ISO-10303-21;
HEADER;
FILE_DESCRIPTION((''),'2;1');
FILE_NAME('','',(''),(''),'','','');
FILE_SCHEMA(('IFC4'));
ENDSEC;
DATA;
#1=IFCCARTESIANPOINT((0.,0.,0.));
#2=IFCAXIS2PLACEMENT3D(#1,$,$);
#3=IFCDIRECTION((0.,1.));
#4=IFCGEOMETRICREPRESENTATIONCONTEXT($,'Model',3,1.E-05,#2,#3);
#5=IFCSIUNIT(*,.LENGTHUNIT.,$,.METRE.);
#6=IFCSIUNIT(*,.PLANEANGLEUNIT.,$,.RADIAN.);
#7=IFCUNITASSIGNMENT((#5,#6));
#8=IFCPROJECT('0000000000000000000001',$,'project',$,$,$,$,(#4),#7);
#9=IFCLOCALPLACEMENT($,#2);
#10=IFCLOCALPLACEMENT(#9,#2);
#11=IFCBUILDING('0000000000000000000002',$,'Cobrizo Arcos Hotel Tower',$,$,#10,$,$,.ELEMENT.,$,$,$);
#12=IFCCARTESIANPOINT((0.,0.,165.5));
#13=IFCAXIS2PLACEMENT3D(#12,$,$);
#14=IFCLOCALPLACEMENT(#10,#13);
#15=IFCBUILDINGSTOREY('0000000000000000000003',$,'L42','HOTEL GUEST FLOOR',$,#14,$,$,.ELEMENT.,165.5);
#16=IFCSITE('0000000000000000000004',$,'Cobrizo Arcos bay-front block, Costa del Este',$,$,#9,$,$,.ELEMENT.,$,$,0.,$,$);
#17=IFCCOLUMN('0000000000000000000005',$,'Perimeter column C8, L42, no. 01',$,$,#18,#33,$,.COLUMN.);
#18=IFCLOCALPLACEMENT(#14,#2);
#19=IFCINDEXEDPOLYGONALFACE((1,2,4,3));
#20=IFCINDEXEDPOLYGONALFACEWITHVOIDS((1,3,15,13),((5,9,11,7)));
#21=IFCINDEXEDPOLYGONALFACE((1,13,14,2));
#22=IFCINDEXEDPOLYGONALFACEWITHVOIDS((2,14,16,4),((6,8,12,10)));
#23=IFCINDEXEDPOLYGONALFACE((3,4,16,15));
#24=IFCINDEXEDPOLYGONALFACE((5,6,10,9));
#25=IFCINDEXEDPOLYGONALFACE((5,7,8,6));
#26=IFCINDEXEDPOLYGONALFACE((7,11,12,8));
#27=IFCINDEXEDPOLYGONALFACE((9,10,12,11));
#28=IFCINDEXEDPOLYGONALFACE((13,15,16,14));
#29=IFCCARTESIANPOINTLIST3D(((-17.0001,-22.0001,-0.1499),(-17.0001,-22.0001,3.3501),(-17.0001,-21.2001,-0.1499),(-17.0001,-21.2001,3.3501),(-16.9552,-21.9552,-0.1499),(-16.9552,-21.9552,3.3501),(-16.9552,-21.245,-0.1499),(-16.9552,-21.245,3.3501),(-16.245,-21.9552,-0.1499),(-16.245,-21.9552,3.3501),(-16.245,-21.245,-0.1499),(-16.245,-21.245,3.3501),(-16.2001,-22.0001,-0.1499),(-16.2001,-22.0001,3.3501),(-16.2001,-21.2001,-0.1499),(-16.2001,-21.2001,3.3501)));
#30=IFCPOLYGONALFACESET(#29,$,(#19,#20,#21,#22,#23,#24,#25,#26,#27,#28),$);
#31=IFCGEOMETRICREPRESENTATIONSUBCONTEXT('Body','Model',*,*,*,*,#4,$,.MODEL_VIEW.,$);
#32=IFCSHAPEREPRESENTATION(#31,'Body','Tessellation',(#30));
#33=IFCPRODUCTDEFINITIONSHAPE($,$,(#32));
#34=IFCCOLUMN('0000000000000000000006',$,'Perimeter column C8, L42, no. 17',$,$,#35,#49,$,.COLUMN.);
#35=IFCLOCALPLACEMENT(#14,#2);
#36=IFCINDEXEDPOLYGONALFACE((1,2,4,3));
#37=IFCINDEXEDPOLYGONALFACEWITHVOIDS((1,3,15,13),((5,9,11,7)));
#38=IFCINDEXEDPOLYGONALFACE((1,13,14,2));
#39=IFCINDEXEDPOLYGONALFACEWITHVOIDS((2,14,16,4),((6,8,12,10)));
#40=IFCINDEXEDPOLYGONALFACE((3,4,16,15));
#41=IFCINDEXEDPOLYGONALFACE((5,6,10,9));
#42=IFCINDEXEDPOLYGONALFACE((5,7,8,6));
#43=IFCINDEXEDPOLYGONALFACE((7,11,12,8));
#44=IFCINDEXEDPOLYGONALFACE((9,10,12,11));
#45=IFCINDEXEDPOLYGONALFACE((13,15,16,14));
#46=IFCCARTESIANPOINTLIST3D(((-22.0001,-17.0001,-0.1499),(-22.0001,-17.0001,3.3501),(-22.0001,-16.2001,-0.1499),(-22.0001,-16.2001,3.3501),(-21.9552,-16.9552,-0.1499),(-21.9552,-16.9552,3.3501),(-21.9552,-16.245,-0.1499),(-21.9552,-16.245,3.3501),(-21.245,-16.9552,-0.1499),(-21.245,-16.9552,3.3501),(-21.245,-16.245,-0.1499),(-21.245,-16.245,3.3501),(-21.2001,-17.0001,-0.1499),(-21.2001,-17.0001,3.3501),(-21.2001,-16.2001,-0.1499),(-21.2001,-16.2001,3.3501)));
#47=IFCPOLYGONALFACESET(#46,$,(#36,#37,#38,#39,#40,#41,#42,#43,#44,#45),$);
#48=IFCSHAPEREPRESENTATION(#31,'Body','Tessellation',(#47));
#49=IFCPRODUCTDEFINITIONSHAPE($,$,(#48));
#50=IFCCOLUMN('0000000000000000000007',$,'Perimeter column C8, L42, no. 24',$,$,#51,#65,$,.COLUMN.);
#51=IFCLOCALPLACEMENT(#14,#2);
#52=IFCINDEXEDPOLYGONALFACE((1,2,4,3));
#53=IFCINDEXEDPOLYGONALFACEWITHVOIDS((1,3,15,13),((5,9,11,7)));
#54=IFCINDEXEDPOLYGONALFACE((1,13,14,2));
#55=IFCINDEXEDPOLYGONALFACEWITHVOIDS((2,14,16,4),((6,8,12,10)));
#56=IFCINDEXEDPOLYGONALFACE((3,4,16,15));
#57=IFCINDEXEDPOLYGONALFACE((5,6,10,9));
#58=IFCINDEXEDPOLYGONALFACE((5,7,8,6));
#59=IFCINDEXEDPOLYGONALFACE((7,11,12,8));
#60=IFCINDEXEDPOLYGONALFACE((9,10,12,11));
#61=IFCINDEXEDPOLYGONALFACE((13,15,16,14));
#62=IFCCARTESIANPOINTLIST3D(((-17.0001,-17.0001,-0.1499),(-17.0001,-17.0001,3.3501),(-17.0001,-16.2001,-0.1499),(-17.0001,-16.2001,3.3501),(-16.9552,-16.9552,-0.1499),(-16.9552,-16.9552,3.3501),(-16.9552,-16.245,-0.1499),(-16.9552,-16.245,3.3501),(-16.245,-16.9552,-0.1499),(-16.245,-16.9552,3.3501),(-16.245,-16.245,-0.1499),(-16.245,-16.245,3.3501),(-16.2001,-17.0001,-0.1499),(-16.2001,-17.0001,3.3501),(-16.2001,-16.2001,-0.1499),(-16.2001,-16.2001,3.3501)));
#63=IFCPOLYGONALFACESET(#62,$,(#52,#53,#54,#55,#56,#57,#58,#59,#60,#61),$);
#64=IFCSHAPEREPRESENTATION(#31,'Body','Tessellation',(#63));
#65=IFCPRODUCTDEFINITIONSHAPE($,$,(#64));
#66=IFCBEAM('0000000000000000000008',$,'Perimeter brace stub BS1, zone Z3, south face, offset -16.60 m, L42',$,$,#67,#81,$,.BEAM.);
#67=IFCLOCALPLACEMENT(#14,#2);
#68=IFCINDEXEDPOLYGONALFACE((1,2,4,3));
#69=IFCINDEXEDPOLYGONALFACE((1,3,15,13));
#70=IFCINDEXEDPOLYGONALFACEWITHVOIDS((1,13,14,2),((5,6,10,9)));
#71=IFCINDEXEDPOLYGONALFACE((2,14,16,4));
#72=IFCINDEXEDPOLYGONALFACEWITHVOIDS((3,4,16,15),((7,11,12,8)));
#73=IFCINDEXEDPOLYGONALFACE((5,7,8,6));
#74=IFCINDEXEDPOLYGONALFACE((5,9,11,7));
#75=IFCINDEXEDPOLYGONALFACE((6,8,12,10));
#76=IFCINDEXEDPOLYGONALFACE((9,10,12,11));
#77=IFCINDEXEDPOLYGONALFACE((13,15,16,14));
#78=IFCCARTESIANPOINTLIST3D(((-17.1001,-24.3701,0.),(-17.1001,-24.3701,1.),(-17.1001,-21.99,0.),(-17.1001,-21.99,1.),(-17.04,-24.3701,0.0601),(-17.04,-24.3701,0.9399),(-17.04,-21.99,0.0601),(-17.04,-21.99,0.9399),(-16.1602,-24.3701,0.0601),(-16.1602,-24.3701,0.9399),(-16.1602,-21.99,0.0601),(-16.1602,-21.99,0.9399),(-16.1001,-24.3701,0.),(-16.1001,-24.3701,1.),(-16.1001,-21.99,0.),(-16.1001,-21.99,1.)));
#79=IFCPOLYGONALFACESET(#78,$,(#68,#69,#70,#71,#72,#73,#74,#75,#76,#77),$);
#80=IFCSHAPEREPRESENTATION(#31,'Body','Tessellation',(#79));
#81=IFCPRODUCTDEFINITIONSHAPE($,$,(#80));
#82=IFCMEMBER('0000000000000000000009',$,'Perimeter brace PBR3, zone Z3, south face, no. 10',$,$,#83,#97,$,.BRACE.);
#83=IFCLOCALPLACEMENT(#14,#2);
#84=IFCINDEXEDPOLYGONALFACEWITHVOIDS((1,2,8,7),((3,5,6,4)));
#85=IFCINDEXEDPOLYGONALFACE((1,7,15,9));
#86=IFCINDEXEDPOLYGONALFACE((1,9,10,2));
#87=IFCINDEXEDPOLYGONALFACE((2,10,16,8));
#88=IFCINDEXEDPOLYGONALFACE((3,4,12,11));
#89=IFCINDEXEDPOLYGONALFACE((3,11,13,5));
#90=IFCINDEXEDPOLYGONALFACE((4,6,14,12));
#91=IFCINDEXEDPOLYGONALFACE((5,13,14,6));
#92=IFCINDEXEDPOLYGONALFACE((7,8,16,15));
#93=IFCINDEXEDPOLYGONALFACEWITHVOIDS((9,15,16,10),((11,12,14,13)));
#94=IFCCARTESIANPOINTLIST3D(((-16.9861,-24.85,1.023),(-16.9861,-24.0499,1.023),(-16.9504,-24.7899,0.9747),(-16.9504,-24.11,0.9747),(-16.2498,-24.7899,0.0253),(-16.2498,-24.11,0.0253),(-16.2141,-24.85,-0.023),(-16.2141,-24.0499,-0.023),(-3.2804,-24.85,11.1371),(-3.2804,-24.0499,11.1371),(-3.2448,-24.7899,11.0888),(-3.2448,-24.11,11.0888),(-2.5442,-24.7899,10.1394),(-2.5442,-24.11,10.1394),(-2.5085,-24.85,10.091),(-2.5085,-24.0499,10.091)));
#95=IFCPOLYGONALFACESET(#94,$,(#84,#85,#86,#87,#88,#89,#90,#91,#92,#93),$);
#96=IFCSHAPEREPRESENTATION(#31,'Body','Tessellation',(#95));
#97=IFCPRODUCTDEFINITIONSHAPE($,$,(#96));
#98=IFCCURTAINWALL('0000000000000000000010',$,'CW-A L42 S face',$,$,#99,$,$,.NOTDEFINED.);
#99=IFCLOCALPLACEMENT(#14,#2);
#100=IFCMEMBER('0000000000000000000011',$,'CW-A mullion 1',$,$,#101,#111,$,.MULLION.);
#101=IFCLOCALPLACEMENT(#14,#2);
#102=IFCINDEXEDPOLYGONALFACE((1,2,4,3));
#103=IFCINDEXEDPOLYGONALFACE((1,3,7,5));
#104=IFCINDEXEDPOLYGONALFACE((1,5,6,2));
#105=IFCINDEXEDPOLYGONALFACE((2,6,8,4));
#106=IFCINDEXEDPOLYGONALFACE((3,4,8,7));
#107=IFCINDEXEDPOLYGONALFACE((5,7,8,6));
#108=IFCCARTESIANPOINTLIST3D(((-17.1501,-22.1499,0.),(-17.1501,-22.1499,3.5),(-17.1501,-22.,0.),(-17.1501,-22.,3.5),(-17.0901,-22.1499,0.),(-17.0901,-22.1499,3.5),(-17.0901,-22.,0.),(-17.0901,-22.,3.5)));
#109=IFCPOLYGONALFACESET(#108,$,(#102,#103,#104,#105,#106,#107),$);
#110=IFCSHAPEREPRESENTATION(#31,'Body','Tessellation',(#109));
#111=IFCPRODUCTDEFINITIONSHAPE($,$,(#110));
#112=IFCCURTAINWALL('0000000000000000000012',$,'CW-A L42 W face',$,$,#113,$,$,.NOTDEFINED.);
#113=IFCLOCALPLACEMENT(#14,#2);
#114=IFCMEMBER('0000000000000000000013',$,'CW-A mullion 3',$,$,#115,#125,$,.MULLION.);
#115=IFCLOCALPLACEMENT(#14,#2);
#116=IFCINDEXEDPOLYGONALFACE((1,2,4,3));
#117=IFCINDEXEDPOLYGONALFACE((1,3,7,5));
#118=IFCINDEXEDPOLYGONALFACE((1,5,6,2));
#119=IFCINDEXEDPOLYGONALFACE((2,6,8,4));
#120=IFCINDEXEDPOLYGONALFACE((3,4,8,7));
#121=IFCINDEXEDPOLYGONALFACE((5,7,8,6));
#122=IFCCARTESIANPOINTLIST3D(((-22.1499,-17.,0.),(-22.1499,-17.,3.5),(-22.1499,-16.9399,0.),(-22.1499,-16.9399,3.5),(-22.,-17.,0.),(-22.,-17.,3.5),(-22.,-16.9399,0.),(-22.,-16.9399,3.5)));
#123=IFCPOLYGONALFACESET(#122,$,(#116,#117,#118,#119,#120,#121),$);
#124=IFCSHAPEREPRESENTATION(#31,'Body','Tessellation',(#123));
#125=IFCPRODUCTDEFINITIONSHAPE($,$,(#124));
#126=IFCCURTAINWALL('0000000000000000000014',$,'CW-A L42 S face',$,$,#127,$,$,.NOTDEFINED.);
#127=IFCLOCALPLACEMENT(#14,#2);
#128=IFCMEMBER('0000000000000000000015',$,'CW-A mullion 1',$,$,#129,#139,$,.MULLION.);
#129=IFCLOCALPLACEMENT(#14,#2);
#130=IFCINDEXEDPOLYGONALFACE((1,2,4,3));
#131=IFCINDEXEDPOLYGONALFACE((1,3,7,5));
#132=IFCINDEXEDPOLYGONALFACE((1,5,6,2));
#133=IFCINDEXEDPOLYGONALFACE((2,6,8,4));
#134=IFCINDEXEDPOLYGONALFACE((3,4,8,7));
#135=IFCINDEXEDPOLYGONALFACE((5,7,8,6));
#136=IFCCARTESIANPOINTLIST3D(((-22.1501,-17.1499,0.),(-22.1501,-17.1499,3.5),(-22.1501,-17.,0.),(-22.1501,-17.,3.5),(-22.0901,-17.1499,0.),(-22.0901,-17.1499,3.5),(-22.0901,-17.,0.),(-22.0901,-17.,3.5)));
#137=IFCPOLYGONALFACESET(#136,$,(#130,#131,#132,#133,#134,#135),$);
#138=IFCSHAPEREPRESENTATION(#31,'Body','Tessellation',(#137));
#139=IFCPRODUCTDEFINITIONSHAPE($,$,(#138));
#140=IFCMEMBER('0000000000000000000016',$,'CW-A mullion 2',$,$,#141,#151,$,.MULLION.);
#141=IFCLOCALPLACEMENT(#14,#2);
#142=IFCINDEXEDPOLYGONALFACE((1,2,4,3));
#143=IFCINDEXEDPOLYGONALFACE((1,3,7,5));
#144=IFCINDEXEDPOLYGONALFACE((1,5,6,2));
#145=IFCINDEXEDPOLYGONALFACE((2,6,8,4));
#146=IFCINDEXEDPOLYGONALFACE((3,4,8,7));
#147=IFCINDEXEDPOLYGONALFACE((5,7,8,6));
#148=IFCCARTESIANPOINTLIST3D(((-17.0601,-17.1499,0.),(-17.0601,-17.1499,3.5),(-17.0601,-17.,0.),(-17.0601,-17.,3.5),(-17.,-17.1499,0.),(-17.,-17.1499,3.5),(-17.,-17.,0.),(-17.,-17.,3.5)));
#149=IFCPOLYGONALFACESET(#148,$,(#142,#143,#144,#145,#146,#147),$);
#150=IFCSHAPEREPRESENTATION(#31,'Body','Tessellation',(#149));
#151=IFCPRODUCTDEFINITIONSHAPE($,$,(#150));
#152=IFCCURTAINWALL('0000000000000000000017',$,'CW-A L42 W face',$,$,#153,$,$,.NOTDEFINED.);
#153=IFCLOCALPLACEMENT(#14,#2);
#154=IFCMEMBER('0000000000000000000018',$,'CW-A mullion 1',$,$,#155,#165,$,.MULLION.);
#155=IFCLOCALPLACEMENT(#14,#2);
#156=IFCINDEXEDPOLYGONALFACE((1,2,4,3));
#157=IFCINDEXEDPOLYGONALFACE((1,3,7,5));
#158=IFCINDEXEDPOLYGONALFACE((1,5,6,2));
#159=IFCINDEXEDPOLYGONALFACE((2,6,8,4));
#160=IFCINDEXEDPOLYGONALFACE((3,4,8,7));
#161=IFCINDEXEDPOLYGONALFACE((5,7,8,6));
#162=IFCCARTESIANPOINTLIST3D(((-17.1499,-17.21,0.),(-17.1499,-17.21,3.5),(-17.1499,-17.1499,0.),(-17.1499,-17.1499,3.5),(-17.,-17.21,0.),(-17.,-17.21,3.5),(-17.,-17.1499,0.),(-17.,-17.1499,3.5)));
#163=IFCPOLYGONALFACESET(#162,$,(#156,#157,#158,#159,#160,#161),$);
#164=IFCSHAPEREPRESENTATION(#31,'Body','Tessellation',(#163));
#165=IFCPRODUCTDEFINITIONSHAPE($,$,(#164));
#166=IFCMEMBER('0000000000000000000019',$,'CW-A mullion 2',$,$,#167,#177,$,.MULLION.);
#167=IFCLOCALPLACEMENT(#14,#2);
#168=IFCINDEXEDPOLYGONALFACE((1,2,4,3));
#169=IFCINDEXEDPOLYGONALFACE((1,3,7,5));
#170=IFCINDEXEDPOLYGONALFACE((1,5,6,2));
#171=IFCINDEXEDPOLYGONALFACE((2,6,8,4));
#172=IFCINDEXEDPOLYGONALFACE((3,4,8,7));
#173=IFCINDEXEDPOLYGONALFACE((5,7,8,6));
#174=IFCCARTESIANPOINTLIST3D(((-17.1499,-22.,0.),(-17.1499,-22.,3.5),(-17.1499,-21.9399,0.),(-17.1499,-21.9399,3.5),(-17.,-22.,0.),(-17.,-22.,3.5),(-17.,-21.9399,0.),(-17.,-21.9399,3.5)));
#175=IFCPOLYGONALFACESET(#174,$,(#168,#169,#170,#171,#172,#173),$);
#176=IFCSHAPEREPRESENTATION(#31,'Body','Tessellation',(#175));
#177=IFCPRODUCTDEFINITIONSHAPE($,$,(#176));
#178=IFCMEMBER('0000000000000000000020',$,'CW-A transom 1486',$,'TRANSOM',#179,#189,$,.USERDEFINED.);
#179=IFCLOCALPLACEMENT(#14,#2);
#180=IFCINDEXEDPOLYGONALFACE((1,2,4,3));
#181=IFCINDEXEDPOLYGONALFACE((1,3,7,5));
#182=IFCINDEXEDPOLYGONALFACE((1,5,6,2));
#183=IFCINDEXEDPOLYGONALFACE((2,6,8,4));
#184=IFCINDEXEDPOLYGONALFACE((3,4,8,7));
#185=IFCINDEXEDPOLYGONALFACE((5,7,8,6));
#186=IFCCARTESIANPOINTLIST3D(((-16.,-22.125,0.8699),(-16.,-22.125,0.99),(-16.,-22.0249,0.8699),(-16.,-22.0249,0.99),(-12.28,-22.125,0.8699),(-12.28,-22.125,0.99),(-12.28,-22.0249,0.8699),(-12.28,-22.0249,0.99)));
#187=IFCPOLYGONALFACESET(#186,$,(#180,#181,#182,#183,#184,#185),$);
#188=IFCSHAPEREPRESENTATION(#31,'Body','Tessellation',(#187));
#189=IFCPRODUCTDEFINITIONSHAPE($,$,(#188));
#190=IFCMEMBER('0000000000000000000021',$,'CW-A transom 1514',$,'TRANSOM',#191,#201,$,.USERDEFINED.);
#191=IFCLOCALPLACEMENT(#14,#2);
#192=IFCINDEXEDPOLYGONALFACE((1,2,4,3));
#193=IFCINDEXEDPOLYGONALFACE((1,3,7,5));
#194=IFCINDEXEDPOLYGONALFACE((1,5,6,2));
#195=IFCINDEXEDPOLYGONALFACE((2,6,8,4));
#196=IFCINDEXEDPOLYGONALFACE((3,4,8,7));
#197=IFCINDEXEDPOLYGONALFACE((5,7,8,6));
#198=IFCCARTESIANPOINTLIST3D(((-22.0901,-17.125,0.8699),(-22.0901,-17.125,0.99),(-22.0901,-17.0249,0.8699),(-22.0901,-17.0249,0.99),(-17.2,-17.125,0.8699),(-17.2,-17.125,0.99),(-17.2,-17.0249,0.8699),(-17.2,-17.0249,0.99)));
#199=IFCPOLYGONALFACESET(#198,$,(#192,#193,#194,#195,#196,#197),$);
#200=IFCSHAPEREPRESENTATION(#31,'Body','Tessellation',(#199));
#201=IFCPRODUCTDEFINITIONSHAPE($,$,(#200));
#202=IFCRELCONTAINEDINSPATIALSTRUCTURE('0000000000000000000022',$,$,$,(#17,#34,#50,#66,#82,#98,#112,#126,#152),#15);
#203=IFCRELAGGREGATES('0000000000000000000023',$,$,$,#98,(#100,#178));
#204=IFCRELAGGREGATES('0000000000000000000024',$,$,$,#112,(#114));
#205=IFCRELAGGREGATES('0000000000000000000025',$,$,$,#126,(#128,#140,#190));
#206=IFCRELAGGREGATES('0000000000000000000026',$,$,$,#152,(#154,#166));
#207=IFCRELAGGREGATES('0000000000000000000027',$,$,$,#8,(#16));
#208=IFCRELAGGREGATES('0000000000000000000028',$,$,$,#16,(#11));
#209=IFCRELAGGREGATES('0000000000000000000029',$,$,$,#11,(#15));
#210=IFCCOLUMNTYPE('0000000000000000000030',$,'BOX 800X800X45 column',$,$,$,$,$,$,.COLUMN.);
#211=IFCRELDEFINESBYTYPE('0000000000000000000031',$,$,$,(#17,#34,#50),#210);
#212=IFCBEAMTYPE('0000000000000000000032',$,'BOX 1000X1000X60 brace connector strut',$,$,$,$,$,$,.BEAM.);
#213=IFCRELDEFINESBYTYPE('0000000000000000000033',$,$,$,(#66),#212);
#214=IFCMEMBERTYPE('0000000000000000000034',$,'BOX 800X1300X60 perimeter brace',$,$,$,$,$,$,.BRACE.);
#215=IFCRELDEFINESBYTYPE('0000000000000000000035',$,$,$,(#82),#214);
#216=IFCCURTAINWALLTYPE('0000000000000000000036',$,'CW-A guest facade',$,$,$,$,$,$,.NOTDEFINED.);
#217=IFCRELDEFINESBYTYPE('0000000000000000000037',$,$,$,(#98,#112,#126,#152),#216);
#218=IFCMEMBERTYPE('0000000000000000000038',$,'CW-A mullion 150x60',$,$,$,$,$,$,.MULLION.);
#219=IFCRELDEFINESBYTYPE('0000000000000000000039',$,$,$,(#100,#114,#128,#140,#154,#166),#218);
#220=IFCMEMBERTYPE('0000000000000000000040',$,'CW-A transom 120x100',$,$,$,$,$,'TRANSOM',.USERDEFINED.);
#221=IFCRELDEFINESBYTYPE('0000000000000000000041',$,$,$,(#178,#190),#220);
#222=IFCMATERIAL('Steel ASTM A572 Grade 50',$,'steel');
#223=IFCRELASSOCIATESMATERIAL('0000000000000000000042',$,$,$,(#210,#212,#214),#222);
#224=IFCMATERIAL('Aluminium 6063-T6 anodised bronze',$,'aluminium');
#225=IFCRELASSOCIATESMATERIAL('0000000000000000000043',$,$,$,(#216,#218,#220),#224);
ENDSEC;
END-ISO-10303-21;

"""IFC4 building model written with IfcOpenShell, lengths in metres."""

from ifc_helpers import new_model, si_unit, direction, frame, origin, origin_2d, place, context, subcontext, project, spatial, rectangle, hollow_rectangle, extrude, material, material_profile, profile_set, type_object, element, aggregate, save


model = new_model("IFC4")

# Units and contexts
model_context = context("Model", 3, precision=1e-05, world=origin(), true_north=direction((0.0, 1.0)))
body_context = subcontext(model_context, "Body", "Model", "MODEL_VIEW")
ifc_project = project(units=[si_unit("LENGTHUNIT", "METRE"), si_unit("PLANEANGLEUNIT", "RADIAN")], contexts=[model_context])

# Site, building, storey
site_placement = place(None, origin())
site = spatial("IfcSite", under=ifc_project, at=site_placement, Name="Cobrizo Arcos bay-front block, Costa del Este", CompositionType="ELEMENT", RefElevation=0.0)
building_placement = place(site_placement, origin())
building = spatial("IfcBuilding", under=site, at=building_placement, Name="Cobrizo Arcos Hotel Tower", CompositionType="ELEMENT")
storey_placement = place(building_placement, frame((0.0, 0.0, 165.5)))
storey = spatial("IfcBuildingStorey", under=building, at=storey_placement, Name="L42", Description="HOTEL GUEST FLOOR", CompositionType="ELEMENT", Elevation=165.5)

# Columns
ifc_material_1 = material(Name="Steel ASTM A572 Grade 50", Category="steel")
ifc_material_profile_1 = material_profile(ifc_material_1, hollow_rectangle(XDim=0.8, YDim=0.8, WallThickness=0.0449, at=origin_2d()), Name="BOX 800X800X45")
ifc_profile_set_1 = profile_set([ifc_material_profile_1], Name="Steel ASTM A572 Grade 50")
column_type = type_object("IfcColumnType", Name="BOX 800X800X45 column", PredefinedType="COLUMN", material=ifc_profile_set_1)
for number, where, z_axis, x_axis, name in (
    (1, (-16.6001, -21.6001, -0.1499), (0.0, 0.0, 1.0), (1.0, 0.0, 0.0), "Perimeter column C8, L42, no. 01"),
    (2, (-21.6001, -16.6001, -0.1499), (0.0, 0.0, 1.0), (1.0, 0.0, 0.0), "Perimeter column C8, L42, no. 17"),
    (3, (-16.6001, -16.6001, -0.1499), (0.0, 0.0, 1.0), (1.0, 0.0, 0.0), "Perimeter column C8, L42, no. 24"),
):
    element("IfcColumn", number, at=place(storey_placement, frame(where, z_axis=z_axis, x_axis=x_axis)), inside=storey, type_object=column_type, Name=name, PredefinedType="COLUMN", context=body_context, shape_type="SweptSolid", body=[
        extrude(hollow_rectangle(XDim=0.8, YDim=0.8, WallThickness=0.0449, at=origin_2d()), origin(), (0.0, 0.0, 1.0), 3.5),
    ])

# Beam
ifc_material_profile_2 = material_profile(ifc_material_1, hollow_rectangle(XDim=1.0, YDim=1.0, WallThickness=0.0601, at=origin_2d()), Name="BOX 1000X1000X60")
ifc_profile_set_2 = profile_set([ifc_material_profile_2], Name="Steel ASTM A572 Grade 50")
beam_type_1 = type_object("IfcBeamType", Name="BOX 1000X1000X60 brace connector strut", PredefinedType="BEAM", material=ifc_profile_set_2)
beam_1_placement = place(storey_placement, frame((-16.6001, -21.99, 0.5), z_axis=(0.0, -1.0, 0.0), x_axis=(1.0, 0.0, 0.0)))
element("IfcBeam", 4, at=beam_1_placement, inside=storey, type_object=beam_type_1, Name="Perimeter brace stub BS1, zone Z3, south face, offset -16.60 m, L42", PredefinedType="BEAM", context=body_context, shape_type="SweptSolid", body=[
    extrude(hollow_rectangle(XDim=1.0, YDim=1.0, WallThickness=0.0601, at=origin_2d()), origin(), (0.0, 0.0, 1.0), 2.3801),
])

# Member
ifc_material_profile_3 = material_profile(ifc_material_1, hollow_rectangle(XDim=0.8, YDim=1.3, WallThickness=0.0601, at=origin_2d()), Name="BOX 800X1300X60")
ifc_profile_set_3 = profile_set([ifc_material_profile_3], Name="Steel ASTM A572 Grade 50")
member_type_1 = type_object("IfcMemberType", Name="BOX 800X1300X60 perimeter brace", PredefinedType="BRACE", material=ifc_profile_set_3)
member_1_placement = place(storey_placement, frame((-16.6001, -24.45, 0.5), z_axis=(0.80463, 0.0, 0.593776), x_axis=(0.0, 1.0, 0.0)))
element("IfcMember", 5, at=member_1_placement, inside=storey, type_object=member_type_1, Name="Perimeter brace PBR3, zone Z3, south face, no. 10", PredefinedType="BRACE", context=body_context, shape_type="SweptSolid", body=[
    extrude(hollow_rectangle(XDim=0.8, YDim=1.3, WallThickness=0.0601, at=origin_2d()), origin(), (0.0, 0.0, 1.0), 17.0334),
])

# Curtain walls, members
ifc_material_2 = material(Name="Aluminium 6063-T6 anodised bronze", Category="aluminium")
curtain_wall_type = type_object("IfcCurtainWallType", Name="CW-A guest facade", PredefinedType="NOTDEFINED", material=ifc_material_2)
curtain_wall_1_placement = place(storey_placement, origin())
curtain_wall_1 = element("IfcCurtainWall", 6, at=curtain_wall_1_placement, inside=storey, type_object=curtain_wall_type, Name="CW-A L42 S face", PredefinedType="NOTDEFINED")
ifc_material_profile_4 = material_profile(ifc_material_2, rectangle(XDim=0.1499, YDim=0.0601, at=origin_2d()), Name="CW-A mullion 150x60")
ifc_profile_set_4 = profile_set([ifc_material_profile_4], Name="Aluminium 6063-T6 anodised bronze")
member_type_2 = type_object("IfcMemberType", Name="CW-A mullion 150x60", PredefinedType="MULLION", material=ifc_profile_set_4)
member_2_placement = place(storey_placement, frame((-17.1201, -22.075, 0.0), z_axis=(0.0, 0.0, 1.0), x_axis=(0.0, -1.0, 0.0)))
member_2 = element("IfcMember", 7, at=member_2_placement, type_object=member_type_2, Name="CW-A mullion 1", PredefinedType="MULLION", context=body_context, shape_type="SweptSolid", body=[
    extrude(rectangle(XDim=0.1499, YDim=0.0601, at=origin_2d()), origin(), (0.0, 0.0, 1.0), 3.5),
])
curtain_wall_2_placement = place(storey_placement, origin())
curtain_wall_2 = element("IfcCurtainWall", 8, at=curtain_wall_2_placement, inside=storey, type_object=curtain_wall_type, Name="CW-A L42 W face", PredefinedType="NOTDEFINED")
member_3_placement = place(storey_placement, frame((-22.075, -16.97, 0.0), z_axis=(0.0, 0.0, 1.0), x_axis=(-1.0, 0.0, 0.0)))
member_3 = element("IfcMember", 9, at=member_3_placement, type_object=member_type_2, Name="CW-A mullion 3", PredefinedType="MULLION", context=body_context, shape_type="SweptSolid", body=[
    extrude(rectangle(XDim=0.1499, YDim=0.0601, at=origin_2d()), origin(), (0.0, 0.0, 1.0), 3.5),
])

# Curtain walls, members
curtain_wall_3_placement = place(storey_placement, origin())
curtain_wall_3 = element("IfcCurtainWall", 10, at=curtain_wall_3_placement, inside=storey, type_object=curtain_wall_type, Name="CW-A L42 S face", PredefinedType="NOTDEFINED")
member_4_placement = place(storey_placement, frame((-22.1201, -17.075, 0.0), z_axis=(0.0, 0.0, 1.0), x_axis=(0.0, -1.0, 0.0)))
member_4 = element("IfcMember", 11, at=member_4_placement, type_object=member_type_2, Name="CW-A mullion 1", PredefinedType="MULLION", context=body_context, shape_type="SweptSolid", body=[
    extrude(rectangle(XDim=0.1499, YDim=0.0601, at=origin_2d()), origin(), (0.0, 0.0, 1.0), 3.5),
])
member_5_placement = place(storey_placement, frame((-17.03, -17.075, 0.0), z_axis=(0.0, 0.0, 1.0), x_axis=(0.0, -1.0, 0.0)))
member_5 = element("IfcMember", 12, at=member_5_placement, type_object=member_type_2, Name="CW-A mullion 2", PredefinedType="MULLION", context=body_context, shape_type="SweptSolid", body=[
    extrude(rectangle(XDim=0.1499, YDim=0.0601, at=origin_2d()), origin(), (0.0, 0.0, 1.0), 3.5),
])
curtain_wall_4_placement = place(storey_placement, origin())
curtain_wall_4 = element("IfcCurtainWall", 13, at=curtain_wall_4_placement, inside=storey, type_object=curtain_wall_type, Name="CW-A L42 W face", PredefinedType="NOTDEFINED")
member_6_placement = place(storey_placement, frame((-17.075, -17.1799, 0.0), z_axis=(0.0, 0.0, 1.0), x_axis=(-1.0, 0.0, 0.0)))
member_6 = element("IfcMember", 14, at=member_6_placement, type_object=member_type_2, Name="CW-A mullion 1", PredefinedType="MULLION", context=body_context, shape_type="SweptSolid", body=[
    extrude(rectangle(XDim=0.1499, YDim=0.0601, at=origin_2d()), origin(), (0.0, 0.0, 1.0), 3.5),
])
member_7_placement = place(storey_placement, frame((-17.075, -21.97, 0.0), z_axis=(0.0, 0.0, 1.0), x_axis=(-1.0, 0.0, 0.0)))
member_7 = element("IfcMember", 15, at=member_7_placement, type_object=member_type_2, Name="CW-A mullion 2", PredefinedType="MULLION", context=body_context, shape_type="SweptSolid", body=[
    extrude(rectangle(XDim=0.1499, YDim=0.0601, at=origin_2d()), origin(), (0.0, 0.0, 1.0), 3.5),
])

# Members
ifc_material_profile_5 = material_profile(ifc_material_2, rectangle(XDim=0.1001, YDim=0.1201, at=origin_2d()), Name="CW-A transom 120x100")
ifc_profile_set_5 = profile_set([ifc_material_profile_5], Name="Aluminium 6063-T6 anodised bronze")
member_type_3 = type_object("IfcMemberType", Name="CW-A transom 120x100", ElementType="TRANSOM", PredefinedType="USERDEFINED", material=ifc_profile_set_5)
member_8_placement = place(storey_placement, frame((-16.0, -22.075, 0.9299), z_axis=(1.0, 0.0, 0.0), x_axis=(0.0, 1.0, 0.0)))
member_8 = element("IfcMember", 16, at=member_8_placement, type_object=member_type_3, Name="CW-A transom 1486", ObjectType="TRANSOM", PredefinedType="USERDEFINED", context=body_context, shape_type="SweptSolid", body=[
    extrude(rectangle(XDim=0.1001, YDim=0.1201, at=origin_2d()), origin(), (0.0, 0.0, 1.0), 3.72),
])
aggregate(curtain_wall_1, [member_2, member_8])
member_9_placement = place(storey_placement, frame((-22.0901, -17.075, 0.9299), z_axis=(1.0, 0.0, 0.0), x_axis=(0.0, 1.0, 0.0)))
member_9 = element("IfcMember", 17, at=member_9_placement, type_object=member_type_3, Name="CW-A transom 1514", ObjectType="TRANSOM", PredefinedType="USERDEFINED", context=body_context, shape_type="SweptSolid", body=[
    extrude(rectangle(XDim=0.1001, YDim=0.1201, at=origin_2d()), origin(), (0.0, 0.0, 1.0), 4.8901),
])

aggregate(curtain_wall_2, [member_3])
aggregate(curtain_wall_3, [member_4, member_5, member_9])
aggregate(curtain_wall_4, [member_6, member_7])

save(model, "model.ifc")
